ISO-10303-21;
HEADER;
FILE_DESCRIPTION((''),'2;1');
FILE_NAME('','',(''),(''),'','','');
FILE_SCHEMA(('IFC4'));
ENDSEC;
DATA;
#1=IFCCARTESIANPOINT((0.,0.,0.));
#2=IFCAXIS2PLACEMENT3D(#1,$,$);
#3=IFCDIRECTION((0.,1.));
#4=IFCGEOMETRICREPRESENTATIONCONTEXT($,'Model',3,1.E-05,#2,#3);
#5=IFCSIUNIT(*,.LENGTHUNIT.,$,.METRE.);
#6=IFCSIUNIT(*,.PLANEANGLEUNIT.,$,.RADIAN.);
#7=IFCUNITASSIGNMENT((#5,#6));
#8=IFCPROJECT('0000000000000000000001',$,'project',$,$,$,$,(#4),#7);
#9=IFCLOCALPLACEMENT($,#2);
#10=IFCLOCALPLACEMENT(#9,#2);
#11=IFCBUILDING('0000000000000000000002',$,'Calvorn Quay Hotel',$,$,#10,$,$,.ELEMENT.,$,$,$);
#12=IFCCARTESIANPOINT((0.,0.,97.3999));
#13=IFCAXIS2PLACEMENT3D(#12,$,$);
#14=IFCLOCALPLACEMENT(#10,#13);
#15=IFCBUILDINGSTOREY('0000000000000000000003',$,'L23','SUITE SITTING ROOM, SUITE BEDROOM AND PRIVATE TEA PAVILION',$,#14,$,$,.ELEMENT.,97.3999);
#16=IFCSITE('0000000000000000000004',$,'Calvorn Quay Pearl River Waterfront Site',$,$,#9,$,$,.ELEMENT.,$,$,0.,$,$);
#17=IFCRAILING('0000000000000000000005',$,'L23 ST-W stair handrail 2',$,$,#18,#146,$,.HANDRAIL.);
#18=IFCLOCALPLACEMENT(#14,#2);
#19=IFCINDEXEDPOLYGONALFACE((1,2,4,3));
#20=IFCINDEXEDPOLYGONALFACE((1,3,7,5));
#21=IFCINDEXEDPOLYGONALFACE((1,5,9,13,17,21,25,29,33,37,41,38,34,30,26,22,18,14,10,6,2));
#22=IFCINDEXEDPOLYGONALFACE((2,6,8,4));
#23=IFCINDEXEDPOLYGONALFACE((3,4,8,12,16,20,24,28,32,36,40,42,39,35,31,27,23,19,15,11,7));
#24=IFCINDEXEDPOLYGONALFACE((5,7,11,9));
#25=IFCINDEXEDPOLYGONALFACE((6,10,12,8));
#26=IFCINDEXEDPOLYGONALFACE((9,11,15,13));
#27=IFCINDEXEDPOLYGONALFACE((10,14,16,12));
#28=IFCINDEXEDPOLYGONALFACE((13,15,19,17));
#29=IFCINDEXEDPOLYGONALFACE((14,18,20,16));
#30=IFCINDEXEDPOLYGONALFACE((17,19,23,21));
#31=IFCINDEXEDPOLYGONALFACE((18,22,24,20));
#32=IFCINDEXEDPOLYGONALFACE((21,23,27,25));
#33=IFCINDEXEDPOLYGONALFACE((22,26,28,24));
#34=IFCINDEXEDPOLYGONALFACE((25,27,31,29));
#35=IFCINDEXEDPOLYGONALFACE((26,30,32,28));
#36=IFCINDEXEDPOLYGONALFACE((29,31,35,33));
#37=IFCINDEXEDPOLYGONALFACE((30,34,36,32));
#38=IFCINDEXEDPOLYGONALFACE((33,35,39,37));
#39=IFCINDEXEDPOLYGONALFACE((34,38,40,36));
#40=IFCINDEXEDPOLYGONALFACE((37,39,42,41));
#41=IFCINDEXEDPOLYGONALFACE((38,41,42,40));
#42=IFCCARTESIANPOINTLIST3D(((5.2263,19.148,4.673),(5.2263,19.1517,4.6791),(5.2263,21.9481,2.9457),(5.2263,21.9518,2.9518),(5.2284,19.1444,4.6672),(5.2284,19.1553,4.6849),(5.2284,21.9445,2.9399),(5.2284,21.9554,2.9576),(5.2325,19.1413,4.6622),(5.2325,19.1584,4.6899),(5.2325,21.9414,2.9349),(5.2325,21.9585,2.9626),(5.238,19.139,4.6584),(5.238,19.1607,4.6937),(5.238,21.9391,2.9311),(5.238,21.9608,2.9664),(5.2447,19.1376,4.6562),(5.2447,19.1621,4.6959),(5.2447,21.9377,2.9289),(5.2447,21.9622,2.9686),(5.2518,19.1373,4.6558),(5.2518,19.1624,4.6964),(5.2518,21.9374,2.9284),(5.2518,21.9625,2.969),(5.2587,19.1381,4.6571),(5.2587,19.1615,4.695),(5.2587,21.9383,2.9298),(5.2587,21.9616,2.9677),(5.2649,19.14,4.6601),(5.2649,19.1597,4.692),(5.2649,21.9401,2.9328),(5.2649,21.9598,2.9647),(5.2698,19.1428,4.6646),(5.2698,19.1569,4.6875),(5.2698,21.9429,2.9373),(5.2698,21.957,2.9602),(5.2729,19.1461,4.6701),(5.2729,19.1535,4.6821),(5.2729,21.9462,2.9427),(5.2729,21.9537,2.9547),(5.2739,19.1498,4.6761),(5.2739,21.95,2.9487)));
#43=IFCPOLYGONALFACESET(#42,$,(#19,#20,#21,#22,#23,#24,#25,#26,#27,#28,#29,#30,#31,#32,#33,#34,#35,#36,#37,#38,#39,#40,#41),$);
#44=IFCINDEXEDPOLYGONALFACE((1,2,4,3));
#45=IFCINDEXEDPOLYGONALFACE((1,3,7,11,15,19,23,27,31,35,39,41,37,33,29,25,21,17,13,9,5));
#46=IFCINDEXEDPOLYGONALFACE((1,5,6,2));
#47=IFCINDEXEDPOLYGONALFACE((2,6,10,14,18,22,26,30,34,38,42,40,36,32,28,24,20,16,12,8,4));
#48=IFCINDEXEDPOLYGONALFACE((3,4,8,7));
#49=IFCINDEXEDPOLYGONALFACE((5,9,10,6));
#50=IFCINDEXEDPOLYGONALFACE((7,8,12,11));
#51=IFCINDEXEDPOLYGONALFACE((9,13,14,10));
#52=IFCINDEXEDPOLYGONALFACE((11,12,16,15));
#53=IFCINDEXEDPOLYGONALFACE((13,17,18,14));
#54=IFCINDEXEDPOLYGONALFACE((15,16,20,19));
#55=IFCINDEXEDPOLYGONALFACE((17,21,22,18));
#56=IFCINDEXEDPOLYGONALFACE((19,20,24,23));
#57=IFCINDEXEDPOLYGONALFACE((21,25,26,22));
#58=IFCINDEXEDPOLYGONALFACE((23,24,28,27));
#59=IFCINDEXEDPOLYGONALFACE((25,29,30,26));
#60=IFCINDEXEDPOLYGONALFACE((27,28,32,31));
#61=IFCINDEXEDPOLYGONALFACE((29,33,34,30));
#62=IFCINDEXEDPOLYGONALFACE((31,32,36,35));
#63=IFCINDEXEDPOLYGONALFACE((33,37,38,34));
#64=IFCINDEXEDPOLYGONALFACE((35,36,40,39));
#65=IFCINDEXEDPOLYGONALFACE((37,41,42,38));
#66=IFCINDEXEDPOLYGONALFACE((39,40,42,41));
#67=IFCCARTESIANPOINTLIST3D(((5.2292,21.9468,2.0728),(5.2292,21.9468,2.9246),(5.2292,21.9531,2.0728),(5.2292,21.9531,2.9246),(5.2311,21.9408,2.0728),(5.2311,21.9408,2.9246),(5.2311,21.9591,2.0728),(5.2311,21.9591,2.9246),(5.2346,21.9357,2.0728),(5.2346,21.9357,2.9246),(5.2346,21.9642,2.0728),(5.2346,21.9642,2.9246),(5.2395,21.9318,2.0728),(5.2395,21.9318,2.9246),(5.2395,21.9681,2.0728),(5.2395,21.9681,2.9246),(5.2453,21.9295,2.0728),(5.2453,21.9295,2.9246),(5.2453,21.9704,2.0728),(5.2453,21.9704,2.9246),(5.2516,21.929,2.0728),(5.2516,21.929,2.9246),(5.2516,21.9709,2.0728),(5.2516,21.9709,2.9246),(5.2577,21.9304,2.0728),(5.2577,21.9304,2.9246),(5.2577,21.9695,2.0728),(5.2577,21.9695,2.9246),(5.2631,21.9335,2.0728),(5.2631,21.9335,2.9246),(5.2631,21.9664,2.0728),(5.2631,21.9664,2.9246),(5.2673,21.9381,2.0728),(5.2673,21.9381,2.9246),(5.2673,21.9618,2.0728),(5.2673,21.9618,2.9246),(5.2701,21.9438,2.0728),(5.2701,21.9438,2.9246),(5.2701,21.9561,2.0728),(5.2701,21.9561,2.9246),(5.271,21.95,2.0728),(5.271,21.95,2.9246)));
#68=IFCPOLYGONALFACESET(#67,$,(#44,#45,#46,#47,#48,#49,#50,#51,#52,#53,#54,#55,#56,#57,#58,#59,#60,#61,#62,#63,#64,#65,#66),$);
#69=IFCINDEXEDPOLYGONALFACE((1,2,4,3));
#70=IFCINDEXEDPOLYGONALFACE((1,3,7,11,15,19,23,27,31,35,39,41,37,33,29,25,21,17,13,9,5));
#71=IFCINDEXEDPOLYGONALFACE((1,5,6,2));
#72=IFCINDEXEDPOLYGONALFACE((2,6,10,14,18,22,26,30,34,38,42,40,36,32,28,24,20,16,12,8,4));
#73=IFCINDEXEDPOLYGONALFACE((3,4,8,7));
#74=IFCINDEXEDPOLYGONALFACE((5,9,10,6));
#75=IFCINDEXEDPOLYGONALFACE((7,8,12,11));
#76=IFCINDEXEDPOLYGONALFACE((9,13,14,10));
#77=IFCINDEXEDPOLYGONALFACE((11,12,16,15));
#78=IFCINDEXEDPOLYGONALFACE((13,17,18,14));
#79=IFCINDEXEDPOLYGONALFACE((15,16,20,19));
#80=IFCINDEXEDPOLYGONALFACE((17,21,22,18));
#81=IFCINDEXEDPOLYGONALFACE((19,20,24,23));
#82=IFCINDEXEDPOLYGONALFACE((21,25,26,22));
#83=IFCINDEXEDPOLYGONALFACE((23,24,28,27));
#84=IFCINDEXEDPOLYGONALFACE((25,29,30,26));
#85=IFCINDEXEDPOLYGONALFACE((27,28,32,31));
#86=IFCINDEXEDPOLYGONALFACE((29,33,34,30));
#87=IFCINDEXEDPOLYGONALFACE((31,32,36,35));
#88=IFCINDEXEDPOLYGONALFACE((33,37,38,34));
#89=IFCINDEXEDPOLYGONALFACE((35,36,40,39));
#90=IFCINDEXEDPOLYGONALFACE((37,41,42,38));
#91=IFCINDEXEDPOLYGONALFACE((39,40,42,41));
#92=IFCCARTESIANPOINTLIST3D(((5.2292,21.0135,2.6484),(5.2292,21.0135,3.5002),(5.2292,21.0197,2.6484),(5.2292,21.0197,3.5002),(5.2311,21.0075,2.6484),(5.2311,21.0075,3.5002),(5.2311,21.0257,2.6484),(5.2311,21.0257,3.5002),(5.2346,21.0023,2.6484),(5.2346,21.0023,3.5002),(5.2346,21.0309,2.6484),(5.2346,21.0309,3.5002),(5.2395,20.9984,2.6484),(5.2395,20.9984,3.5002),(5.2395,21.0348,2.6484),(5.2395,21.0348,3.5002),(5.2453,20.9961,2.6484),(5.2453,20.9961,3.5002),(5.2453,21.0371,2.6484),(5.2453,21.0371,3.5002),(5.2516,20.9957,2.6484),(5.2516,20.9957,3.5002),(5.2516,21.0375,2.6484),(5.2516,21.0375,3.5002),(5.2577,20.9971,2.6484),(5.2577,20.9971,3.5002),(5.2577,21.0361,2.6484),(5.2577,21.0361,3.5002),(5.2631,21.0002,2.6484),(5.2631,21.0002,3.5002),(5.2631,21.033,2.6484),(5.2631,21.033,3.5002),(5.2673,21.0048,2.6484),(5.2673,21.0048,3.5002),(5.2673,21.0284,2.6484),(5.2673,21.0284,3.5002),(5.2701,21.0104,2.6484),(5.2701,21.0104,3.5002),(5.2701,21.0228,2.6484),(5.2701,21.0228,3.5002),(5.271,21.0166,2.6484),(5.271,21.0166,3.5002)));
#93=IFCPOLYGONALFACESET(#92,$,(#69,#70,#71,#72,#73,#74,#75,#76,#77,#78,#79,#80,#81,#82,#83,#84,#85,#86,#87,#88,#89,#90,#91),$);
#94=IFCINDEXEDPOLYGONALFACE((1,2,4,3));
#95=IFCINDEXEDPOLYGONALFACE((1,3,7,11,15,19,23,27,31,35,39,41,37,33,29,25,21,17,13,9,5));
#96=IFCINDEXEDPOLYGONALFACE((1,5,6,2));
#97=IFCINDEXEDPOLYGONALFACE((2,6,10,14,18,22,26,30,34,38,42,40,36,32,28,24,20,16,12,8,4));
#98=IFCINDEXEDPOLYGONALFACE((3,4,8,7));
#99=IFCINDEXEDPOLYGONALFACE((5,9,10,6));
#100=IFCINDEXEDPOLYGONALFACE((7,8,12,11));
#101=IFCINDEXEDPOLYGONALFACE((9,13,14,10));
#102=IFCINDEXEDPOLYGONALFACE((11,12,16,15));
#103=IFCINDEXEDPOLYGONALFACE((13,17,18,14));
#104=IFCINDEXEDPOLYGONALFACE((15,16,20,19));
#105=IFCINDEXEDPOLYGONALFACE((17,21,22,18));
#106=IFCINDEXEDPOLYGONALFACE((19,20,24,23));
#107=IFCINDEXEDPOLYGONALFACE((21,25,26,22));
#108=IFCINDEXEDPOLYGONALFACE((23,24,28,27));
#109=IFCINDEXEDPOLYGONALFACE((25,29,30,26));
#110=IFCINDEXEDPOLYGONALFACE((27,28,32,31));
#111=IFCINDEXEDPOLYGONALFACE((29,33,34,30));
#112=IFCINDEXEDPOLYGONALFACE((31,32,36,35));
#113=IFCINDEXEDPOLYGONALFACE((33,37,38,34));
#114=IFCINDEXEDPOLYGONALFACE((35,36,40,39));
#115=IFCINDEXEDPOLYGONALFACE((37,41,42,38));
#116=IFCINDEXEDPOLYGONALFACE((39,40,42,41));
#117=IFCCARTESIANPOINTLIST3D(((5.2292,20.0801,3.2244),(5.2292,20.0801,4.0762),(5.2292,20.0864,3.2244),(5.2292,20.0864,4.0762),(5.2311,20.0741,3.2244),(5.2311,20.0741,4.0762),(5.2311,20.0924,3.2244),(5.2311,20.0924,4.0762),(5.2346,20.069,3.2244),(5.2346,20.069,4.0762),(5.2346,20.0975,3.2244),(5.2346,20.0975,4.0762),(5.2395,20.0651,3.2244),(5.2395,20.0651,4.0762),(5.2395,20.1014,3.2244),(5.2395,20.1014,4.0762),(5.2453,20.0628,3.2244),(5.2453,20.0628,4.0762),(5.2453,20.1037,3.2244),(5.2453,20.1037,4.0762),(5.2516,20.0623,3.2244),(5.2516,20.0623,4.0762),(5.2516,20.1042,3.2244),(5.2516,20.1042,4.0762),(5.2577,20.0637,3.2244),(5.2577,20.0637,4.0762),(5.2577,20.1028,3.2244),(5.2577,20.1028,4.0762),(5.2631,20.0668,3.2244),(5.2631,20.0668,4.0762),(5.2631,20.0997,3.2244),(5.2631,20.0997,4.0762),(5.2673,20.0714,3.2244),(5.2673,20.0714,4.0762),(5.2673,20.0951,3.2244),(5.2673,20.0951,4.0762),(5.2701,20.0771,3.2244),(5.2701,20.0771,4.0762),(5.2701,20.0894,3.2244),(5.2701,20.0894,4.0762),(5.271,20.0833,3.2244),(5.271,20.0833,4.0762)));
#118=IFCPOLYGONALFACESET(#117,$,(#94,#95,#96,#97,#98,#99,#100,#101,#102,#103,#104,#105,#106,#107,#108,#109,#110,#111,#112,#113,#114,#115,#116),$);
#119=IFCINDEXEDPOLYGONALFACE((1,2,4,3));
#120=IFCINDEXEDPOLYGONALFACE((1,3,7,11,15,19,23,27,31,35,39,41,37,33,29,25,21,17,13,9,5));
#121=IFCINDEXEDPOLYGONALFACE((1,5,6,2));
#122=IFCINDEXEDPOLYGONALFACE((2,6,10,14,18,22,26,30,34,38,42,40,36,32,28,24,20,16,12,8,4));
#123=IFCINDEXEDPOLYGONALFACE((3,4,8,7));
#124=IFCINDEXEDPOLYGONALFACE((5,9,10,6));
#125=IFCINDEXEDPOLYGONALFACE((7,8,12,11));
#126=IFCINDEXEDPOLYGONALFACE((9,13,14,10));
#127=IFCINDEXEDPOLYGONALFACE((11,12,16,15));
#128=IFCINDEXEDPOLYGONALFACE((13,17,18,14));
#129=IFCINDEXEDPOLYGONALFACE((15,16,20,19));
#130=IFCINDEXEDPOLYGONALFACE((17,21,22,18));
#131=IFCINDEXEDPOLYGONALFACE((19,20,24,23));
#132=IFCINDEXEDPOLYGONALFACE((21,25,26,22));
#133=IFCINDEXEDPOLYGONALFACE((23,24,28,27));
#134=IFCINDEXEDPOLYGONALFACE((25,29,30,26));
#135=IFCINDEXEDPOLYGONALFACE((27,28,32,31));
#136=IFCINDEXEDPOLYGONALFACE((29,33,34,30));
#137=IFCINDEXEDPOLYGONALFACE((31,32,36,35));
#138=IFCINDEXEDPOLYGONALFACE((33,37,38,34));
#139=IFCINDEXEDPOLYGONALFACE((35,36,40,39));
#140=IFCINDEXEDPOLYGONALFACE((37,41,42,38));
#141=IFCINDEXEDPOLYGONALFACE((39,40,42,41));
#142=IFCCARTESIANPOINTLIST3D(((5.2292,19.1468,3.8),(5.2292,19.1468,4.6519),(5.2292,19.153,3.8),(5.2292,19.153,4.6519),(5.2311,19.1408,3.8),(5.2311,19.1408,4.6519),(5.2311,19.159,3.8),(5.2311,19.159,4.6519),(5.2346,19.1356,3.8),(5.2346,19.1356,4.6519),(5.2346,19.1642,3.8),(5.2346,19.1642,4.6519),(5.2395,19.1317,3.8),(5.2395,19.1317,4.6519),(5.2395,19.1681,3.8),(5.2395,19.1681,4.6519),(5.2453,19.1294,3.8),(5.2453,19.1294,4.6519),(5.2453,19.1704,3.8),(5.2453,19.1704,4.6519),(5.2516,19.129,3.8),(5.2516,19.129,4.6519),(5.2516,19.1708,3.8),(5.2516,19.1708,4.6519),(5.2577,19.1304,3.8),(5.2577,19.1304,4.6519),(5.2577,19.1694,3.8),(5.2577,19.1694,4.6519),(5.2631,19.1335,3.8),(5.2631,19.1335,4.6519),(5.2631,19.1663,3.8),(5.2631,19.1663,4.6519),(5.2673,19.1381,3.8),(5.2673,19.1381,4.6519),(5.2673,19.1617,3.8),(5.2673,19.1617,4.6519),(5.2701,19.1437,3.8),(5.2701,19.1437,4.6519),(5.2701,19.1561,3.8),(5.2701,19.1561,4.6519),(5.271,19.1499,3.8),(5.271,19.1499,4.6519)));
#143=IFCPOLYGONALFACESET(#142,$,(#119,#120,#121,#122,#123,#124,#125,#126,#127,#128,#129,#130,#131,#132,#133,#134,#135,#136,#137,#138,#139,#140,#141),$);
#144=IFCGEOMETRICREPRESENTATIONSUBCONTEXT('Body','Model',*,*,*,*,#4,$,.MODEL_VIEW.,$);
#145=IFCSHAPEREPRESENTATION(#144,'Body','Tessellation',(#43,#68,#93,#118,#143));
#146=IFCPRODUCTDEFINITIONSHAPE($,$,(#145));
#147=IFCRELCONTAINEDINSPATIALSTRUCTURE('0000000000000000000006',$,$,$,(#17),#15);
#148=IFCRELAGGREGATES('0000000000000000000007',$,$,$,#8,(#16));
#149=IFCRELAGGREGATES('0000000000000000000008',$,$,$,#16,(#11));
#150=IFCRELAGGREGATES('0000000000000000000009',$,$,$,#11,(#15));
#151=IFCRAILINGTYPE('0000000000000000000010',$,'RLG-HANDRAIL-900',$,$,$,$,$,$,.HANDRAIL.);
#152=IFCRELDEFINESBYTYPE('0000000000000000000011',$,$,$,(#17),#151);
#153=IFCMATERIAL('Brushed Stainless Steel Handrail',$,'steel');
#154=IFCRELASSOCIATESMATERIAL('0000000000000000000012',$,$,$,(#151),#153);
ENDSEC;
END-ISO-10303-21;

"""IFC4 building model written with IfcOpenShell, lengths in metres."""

from ifc_helpers import new_model, si_unit, direction, frame, origin, origin_2d, place, context, subcontext, project, spatial, circle, extrude, material, type_object, element, save


model = new_model("IFC4")

# Units and contexts
model_context = context("Model", 3, precision=1e-05, world=origin(), true_north=direction((0.0, 1.0)))
body_context = subcontext(model_context, "Body", "Model", "MODEL_VIEW")
ifc_project = project(units=[si_unit("LENGTHUNIT", "METRE"), si_unit("PLANEANGLEUNIT", "RADIAN")], contexts=[model_context])

# Site, building, storey
site_placement = place(None, origin())
site = spatial("IfcSite", under=ifc_project, at=site_placement, Name="Calvorn Quay Pearl River Waterfront Site", CompositionType="ELEMENT", RefElevation=0.0)
building_placement = place(site_placement, origin())
building = spatial("IfcBuilding", under=site, at=building_placement, Name="Calvorn Quay Hotel", CompositionType="ELEMENT")
storey_placement = place(building_placement, frame((0.0, 0.0, 97.3999)))
storey = spatial("IfcBuildingStorey", under=building, at=storey_placement, Name="L23", Description="SUITE SITTING ROOM, SUITE BEDROOM AND PRIVATE TEA PAVILION", CompositionType="ELEMENT", Elevation=97.3999)

# Railing
ifc_material_1 = material(Name="Brushed Stainless Steel Handrail", Category="steel")
railing_type_1 = type_object("IfcRailingType", Name="RLG-HANDRAIL-900", PredefinedType="HANDRAIL", material=ifc_material_1)
railing_1_placement = place(storey_placement, frame((5.25, 21.95, 2.0728)))
element("IfcRailing", 1, at=railing_1_placement, inside=storey, type_object=railing_type_1, Name="L23 ST-W stair handrail 2", PredefinedType="HANDRAIL", context=body_context, shape_type="SweptSolid", body=[
    extrude(circle(Radius=0.0239, at=origin_2d()), frame((0.0, 0.0, 0.876), z_axis=(0.0, -0.85109, 0.52502), x_axis=(1.0, 0.0, 0.0)), (0.0, 0.0, 1.0), 3.29),
    extrude(circle(Radius=0.021, at=origin_2d()), origin(), (0.0, 0.0, 1.0), 0.8518),
    extrude(circle(Radius=0.021, at=origin_2d()), frame((0.0, -0.9333, 0.5757)), (0.0, 0.0, 1.0), 0.8518),
    extrude(circle(Radius=0.021, at=origin_2d()), frame((0.0, -1.8667, 1.1516)), (0.0, 0.0, 1.0), 0.8518),
    extrude(circle(Radius=0.021, at=origin_2d()), frame((0.0, -2.8, 1.7273)), (0.0, 0.0, 1.0), 0.8518),
])

save(model, "model.ifc")
